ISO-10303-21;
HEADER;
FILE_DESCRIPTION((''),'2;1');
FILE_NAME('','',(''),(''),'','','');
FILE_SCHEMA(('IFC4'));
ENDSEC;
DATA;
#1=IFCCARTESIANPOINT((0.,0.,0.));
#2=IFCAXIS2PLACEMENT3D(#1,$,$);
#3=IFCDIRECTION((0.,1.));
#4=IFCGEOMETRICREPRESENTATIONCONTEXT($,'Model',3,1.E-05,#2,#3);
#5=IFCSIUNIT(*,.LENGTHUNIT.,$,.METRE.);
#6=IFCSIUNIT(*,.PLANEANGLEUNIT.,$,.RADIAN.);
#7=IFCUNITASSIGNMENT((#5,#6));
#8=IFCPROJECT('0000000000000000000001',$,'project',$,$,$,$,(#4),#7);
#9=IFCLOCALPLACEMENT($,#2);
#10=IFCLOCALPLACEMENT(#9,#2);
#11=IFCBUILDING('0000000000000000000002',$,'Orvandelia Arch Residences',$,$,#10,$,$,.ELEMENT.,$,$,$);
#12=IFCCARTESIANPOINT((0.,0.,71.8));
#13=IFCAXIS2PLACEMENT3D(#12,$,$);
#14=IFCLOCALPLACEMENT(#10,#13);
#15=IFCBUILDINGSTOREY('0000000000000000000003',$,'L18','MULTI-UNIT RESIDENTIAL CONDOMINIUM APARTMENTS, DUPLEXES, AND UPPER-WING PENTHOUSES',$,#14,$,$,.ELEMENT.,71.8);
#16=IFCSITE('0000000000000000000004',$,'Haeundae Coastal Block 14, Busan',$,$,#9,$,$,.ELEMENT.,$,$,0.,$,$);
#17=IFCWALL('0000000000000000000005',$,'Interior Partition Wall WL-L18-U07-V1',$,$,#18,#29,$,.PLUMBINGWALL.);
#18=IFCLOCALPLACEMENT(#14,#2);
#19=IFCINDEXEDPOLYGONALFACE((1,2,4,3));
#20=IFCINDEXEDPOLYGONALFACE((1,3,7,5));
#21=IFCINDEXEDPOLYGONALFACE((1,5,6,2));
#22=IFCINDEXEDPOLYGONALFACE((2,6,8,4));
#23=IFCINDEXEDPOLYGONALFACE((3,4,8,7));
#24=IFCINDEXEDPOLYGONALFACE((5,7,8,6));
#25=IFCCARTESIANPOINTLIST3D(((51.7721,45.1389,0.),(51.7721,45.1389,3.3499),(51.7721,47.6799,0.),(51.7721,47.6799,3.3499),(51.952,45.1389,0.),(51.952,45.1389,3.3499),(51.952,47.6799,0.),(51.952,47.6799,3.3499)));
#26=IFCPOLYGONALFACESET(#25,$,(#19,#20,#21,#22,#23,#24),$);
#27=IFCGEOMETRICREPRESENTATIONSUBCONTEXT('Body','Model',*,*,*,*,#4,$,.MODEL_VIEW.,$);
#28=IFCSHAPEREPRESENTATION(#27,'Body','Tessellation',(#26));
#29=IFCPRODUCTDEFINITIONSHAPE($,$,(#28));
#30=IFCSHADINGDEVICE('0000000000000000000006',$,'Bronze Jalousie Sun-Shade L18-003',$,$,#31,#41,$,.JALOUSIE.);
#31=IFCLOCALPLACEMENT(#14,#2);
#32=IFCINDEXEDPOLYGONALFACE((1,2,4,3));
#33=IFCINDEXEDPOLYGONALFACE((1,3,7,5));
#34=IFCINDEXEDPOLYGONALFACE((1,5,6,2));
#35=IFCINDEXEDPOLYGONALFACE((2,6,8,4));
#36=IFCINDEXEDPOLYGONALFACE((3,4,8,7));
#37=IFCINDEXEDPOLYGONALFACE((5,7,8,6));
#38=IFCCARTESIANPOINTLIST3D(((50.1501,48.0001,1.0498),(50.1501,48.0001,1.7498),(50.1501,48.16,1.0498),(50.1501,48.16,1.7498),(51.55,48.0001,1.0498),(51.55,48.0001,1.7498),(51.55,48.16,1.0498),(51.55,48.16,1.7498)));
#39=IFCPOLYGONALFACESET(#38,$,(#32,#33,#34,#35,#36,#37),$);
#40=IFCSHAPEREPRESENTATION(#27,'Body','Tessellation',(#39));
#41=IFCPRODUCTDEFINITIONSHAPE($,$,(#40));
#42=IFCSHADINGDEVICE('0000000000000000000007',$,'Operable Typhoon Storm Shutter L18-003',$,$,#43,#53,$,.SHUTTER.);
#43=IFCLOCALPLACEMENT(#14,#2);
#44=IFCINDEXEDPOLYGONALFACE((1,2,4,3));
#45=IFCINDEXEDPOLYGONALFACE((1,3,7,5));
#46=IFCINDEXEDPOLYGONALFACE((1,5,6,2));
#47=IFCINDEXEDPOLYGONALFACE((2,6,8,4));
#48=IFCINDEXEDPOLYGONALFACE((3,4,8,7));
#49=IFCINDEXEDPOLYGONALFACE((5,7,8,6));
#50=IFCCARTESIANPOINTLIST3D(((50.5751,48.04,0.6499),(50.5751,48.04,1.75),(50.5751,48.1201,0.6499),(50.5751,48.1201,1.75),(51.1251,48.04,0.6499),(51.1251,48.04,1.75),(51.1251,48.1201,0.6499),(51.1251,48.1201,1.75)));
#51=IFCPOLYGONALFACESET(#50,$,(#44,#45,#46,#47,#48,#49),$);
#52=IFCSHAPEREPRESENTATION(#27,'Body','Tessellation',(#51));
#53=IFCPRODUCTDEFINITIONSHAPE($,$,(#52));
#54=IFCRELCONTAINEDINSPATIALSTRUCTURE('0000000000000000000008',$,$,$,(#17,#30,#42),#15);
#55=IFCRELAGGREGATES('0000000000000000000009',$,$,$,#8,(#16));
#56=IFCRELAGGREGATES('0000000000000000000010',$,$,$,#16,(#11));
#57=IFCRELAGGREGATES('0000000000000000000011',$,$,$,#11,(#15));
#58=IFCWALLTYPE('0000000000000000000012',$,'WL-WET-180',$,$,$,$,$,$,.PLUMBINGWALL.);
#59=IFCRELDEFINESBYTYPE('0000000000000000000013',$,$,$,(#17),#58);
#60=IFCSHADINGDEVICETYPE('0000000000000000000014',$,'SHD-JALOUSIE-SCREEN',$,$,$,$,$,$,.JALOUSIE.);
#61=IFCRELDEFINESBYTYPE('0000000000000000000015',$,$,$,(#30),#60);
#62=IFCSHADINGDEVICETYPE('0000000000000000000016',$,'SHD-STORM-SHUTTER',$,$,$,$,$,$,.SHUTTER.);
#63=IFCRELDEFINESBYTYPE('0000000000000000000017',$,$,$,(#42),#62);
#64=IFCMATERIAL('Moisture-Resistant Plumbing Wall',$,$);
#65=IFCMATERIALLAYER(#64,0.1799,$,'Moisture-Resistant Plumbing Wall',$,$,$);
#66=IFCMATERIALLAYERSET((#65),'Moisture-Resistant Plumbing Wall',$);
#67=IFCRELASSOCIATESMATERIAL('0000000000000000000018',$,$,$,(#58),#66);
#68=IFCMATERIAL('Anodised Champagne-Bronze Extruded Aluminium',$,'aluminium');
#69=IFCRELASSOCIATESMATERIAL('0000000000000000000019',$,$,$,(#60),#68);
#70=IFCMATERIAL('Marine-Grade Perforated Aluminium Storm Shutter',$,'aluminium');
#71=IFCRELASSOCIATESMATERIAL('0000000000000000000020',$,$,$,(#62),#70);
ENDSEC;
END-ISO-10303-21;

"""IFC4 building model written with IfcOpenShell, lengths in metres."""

from ifc_helpers import new_model, si_unit, direction, frame, frame_2d, origin, origin_2d, place, context, subcontext, project, spatial, rectangle, extrude, material, layer, layer_set, type_object, element, save


model = new_model("IFC4")

# Units and contexts
model_context = context("Model", 3, precision=1e-05, world=origin(), true_north=direction((0.0, 1.0)))
body_context = subcontext(model_context, "Body", "Model", "MODEL_VIEW")
ifc_project = project(units=[si_unit("LENGTHUNIT", "METRE"), si_unit("PLANEANGLEUNIT", "RADIAN")], contexts=[model_context])

# Site, building, storey
site_placement = place(None, origin())
site = spatial("IfcSite", under=ifc_project, at=site_placement, Name="Haeundae Coastal Block 14, Busan", CompositionType="ELEMENT", RefElevation=0.0)
building_placement = place(site_placement, origin())
building = spatial("IfcBuilding", under=site, at=building_placement, Name="Orvandelia Arch Residences", CompositionType="ELEMENT")
storey_placement = place(building_placement, frame((0.0, 0.0, 71.8)))
storey = spatial("IfcBuildingStorey", under=building, at=storey_placement, Name="L18", Description="MULTI-UNIT RESIDENTIAL CONDOMINIUM APARTMENTS, DUPLEXES, AND UPPER-WING PENTHOUSES", CompositionType="ELEMENT", Elevation=71.8)

# Shared definitions
ifc_material_1 = material(Name="Moisture-Resistant Plumbing Wall")
ifc_layer_1 = layer(ifc_material_1, 0.1799, Name="Moisture-Resistant Plumbing Wall")
ifc_layer_set_1 = layer_set([ifc_layer_1], Name="Moisture-Resistant Plumbing Wall")
wall_type_1 = type_object("IfcWallType", Name="WL-WET-180", PredefinedType="PLUMBINGWALL", material=ifc_layer_set_1)

# Wall
wall_1_placement = place(storey_placement, frame((51.8621, 45.1389, 0.0), z_axis=(0.0, 0.0, 1.0), x_axis=(0.0, 1.0, 0.0)))
element("IfcWall", 1, at=wall_1_placement, inside=storey, type_object=wall_type_1, Name="Interior Partition Wall WL-L18-U07-V1", PredefinedType="PLUMBINGWALL", context=body_context, shape_type="SweptSolid", body=[
    extrude(rectangle(XDim=2.541, YDim=0.1799, at=frame_2d((1.2705, 0.0))), origin(), (0.0, 0.0, 1.0), 3.3499),
])

# Shading devices
ifc_material_2 = material(Name="Anodised Champagne-Bronze Extruded Aluminium", Category="aluminium")
shading_device_type_1 = type_object("IfcShadingDeviceType", Name="SHD-JALOUSIE-SCREEN", PredefinedType="JALOUSIE", material=ifc_material_2)
shading_device_1_placement = place(storey_placement, frame((50.8501, 48.0801, 1.0498), z_axis=(0.0, 0.0, 1.0), x_axis=(1.0, 0.0, 0.0)))
element("IfcShadingDevice", 2, at=shading_device_1_placement, inside=storey, type_object=shading_device_type_1, Name="Bronze Jalousie Sun-Shade L18-003", PredefinedType="JALOUSIE", context=body_context, shape_type="SweptSolid", body=[
    extrude(rectangle(XDim=1.3999, YDim=0.1599, at=origin_2d()), origin(), (0.0, 0.0, 1.0), 0.7),
])
ifc_material_3 = material(Name="Marine-Grade Perforated Aluminium Storm Shutter", Category="aluminium")
shading_device_type_2 = type_object("IfcShadingDeviceType", Name="SHD-STORM-SHUTTER", PredefinedType="SHUTTER", material=ifc_material_3)
shading_device_2_placement = place(storey_placement, frame((50.8501, 48.0801, 0.6499), z_axis=(0.0, 0.0, 1.0), x_axis=(1.0, 0.0, 0.0)))
element("IfcShadingDevice", 3, at=shading_device_2_placement, inside=storey, type_object=shading_device_type_2, Name="Operable Typhoon Storm Shutter L18-003", PredefinedType="SHUTTER", context=body_context, shape_type="SweptSolid", body=[
    extrude(rectangle(XDim=0.55, YDim=0.0801, at=origin_2d()), origin(), (0.0, 0.0, 1.0), 1.1001),
])

save(model, "model.ifc")
